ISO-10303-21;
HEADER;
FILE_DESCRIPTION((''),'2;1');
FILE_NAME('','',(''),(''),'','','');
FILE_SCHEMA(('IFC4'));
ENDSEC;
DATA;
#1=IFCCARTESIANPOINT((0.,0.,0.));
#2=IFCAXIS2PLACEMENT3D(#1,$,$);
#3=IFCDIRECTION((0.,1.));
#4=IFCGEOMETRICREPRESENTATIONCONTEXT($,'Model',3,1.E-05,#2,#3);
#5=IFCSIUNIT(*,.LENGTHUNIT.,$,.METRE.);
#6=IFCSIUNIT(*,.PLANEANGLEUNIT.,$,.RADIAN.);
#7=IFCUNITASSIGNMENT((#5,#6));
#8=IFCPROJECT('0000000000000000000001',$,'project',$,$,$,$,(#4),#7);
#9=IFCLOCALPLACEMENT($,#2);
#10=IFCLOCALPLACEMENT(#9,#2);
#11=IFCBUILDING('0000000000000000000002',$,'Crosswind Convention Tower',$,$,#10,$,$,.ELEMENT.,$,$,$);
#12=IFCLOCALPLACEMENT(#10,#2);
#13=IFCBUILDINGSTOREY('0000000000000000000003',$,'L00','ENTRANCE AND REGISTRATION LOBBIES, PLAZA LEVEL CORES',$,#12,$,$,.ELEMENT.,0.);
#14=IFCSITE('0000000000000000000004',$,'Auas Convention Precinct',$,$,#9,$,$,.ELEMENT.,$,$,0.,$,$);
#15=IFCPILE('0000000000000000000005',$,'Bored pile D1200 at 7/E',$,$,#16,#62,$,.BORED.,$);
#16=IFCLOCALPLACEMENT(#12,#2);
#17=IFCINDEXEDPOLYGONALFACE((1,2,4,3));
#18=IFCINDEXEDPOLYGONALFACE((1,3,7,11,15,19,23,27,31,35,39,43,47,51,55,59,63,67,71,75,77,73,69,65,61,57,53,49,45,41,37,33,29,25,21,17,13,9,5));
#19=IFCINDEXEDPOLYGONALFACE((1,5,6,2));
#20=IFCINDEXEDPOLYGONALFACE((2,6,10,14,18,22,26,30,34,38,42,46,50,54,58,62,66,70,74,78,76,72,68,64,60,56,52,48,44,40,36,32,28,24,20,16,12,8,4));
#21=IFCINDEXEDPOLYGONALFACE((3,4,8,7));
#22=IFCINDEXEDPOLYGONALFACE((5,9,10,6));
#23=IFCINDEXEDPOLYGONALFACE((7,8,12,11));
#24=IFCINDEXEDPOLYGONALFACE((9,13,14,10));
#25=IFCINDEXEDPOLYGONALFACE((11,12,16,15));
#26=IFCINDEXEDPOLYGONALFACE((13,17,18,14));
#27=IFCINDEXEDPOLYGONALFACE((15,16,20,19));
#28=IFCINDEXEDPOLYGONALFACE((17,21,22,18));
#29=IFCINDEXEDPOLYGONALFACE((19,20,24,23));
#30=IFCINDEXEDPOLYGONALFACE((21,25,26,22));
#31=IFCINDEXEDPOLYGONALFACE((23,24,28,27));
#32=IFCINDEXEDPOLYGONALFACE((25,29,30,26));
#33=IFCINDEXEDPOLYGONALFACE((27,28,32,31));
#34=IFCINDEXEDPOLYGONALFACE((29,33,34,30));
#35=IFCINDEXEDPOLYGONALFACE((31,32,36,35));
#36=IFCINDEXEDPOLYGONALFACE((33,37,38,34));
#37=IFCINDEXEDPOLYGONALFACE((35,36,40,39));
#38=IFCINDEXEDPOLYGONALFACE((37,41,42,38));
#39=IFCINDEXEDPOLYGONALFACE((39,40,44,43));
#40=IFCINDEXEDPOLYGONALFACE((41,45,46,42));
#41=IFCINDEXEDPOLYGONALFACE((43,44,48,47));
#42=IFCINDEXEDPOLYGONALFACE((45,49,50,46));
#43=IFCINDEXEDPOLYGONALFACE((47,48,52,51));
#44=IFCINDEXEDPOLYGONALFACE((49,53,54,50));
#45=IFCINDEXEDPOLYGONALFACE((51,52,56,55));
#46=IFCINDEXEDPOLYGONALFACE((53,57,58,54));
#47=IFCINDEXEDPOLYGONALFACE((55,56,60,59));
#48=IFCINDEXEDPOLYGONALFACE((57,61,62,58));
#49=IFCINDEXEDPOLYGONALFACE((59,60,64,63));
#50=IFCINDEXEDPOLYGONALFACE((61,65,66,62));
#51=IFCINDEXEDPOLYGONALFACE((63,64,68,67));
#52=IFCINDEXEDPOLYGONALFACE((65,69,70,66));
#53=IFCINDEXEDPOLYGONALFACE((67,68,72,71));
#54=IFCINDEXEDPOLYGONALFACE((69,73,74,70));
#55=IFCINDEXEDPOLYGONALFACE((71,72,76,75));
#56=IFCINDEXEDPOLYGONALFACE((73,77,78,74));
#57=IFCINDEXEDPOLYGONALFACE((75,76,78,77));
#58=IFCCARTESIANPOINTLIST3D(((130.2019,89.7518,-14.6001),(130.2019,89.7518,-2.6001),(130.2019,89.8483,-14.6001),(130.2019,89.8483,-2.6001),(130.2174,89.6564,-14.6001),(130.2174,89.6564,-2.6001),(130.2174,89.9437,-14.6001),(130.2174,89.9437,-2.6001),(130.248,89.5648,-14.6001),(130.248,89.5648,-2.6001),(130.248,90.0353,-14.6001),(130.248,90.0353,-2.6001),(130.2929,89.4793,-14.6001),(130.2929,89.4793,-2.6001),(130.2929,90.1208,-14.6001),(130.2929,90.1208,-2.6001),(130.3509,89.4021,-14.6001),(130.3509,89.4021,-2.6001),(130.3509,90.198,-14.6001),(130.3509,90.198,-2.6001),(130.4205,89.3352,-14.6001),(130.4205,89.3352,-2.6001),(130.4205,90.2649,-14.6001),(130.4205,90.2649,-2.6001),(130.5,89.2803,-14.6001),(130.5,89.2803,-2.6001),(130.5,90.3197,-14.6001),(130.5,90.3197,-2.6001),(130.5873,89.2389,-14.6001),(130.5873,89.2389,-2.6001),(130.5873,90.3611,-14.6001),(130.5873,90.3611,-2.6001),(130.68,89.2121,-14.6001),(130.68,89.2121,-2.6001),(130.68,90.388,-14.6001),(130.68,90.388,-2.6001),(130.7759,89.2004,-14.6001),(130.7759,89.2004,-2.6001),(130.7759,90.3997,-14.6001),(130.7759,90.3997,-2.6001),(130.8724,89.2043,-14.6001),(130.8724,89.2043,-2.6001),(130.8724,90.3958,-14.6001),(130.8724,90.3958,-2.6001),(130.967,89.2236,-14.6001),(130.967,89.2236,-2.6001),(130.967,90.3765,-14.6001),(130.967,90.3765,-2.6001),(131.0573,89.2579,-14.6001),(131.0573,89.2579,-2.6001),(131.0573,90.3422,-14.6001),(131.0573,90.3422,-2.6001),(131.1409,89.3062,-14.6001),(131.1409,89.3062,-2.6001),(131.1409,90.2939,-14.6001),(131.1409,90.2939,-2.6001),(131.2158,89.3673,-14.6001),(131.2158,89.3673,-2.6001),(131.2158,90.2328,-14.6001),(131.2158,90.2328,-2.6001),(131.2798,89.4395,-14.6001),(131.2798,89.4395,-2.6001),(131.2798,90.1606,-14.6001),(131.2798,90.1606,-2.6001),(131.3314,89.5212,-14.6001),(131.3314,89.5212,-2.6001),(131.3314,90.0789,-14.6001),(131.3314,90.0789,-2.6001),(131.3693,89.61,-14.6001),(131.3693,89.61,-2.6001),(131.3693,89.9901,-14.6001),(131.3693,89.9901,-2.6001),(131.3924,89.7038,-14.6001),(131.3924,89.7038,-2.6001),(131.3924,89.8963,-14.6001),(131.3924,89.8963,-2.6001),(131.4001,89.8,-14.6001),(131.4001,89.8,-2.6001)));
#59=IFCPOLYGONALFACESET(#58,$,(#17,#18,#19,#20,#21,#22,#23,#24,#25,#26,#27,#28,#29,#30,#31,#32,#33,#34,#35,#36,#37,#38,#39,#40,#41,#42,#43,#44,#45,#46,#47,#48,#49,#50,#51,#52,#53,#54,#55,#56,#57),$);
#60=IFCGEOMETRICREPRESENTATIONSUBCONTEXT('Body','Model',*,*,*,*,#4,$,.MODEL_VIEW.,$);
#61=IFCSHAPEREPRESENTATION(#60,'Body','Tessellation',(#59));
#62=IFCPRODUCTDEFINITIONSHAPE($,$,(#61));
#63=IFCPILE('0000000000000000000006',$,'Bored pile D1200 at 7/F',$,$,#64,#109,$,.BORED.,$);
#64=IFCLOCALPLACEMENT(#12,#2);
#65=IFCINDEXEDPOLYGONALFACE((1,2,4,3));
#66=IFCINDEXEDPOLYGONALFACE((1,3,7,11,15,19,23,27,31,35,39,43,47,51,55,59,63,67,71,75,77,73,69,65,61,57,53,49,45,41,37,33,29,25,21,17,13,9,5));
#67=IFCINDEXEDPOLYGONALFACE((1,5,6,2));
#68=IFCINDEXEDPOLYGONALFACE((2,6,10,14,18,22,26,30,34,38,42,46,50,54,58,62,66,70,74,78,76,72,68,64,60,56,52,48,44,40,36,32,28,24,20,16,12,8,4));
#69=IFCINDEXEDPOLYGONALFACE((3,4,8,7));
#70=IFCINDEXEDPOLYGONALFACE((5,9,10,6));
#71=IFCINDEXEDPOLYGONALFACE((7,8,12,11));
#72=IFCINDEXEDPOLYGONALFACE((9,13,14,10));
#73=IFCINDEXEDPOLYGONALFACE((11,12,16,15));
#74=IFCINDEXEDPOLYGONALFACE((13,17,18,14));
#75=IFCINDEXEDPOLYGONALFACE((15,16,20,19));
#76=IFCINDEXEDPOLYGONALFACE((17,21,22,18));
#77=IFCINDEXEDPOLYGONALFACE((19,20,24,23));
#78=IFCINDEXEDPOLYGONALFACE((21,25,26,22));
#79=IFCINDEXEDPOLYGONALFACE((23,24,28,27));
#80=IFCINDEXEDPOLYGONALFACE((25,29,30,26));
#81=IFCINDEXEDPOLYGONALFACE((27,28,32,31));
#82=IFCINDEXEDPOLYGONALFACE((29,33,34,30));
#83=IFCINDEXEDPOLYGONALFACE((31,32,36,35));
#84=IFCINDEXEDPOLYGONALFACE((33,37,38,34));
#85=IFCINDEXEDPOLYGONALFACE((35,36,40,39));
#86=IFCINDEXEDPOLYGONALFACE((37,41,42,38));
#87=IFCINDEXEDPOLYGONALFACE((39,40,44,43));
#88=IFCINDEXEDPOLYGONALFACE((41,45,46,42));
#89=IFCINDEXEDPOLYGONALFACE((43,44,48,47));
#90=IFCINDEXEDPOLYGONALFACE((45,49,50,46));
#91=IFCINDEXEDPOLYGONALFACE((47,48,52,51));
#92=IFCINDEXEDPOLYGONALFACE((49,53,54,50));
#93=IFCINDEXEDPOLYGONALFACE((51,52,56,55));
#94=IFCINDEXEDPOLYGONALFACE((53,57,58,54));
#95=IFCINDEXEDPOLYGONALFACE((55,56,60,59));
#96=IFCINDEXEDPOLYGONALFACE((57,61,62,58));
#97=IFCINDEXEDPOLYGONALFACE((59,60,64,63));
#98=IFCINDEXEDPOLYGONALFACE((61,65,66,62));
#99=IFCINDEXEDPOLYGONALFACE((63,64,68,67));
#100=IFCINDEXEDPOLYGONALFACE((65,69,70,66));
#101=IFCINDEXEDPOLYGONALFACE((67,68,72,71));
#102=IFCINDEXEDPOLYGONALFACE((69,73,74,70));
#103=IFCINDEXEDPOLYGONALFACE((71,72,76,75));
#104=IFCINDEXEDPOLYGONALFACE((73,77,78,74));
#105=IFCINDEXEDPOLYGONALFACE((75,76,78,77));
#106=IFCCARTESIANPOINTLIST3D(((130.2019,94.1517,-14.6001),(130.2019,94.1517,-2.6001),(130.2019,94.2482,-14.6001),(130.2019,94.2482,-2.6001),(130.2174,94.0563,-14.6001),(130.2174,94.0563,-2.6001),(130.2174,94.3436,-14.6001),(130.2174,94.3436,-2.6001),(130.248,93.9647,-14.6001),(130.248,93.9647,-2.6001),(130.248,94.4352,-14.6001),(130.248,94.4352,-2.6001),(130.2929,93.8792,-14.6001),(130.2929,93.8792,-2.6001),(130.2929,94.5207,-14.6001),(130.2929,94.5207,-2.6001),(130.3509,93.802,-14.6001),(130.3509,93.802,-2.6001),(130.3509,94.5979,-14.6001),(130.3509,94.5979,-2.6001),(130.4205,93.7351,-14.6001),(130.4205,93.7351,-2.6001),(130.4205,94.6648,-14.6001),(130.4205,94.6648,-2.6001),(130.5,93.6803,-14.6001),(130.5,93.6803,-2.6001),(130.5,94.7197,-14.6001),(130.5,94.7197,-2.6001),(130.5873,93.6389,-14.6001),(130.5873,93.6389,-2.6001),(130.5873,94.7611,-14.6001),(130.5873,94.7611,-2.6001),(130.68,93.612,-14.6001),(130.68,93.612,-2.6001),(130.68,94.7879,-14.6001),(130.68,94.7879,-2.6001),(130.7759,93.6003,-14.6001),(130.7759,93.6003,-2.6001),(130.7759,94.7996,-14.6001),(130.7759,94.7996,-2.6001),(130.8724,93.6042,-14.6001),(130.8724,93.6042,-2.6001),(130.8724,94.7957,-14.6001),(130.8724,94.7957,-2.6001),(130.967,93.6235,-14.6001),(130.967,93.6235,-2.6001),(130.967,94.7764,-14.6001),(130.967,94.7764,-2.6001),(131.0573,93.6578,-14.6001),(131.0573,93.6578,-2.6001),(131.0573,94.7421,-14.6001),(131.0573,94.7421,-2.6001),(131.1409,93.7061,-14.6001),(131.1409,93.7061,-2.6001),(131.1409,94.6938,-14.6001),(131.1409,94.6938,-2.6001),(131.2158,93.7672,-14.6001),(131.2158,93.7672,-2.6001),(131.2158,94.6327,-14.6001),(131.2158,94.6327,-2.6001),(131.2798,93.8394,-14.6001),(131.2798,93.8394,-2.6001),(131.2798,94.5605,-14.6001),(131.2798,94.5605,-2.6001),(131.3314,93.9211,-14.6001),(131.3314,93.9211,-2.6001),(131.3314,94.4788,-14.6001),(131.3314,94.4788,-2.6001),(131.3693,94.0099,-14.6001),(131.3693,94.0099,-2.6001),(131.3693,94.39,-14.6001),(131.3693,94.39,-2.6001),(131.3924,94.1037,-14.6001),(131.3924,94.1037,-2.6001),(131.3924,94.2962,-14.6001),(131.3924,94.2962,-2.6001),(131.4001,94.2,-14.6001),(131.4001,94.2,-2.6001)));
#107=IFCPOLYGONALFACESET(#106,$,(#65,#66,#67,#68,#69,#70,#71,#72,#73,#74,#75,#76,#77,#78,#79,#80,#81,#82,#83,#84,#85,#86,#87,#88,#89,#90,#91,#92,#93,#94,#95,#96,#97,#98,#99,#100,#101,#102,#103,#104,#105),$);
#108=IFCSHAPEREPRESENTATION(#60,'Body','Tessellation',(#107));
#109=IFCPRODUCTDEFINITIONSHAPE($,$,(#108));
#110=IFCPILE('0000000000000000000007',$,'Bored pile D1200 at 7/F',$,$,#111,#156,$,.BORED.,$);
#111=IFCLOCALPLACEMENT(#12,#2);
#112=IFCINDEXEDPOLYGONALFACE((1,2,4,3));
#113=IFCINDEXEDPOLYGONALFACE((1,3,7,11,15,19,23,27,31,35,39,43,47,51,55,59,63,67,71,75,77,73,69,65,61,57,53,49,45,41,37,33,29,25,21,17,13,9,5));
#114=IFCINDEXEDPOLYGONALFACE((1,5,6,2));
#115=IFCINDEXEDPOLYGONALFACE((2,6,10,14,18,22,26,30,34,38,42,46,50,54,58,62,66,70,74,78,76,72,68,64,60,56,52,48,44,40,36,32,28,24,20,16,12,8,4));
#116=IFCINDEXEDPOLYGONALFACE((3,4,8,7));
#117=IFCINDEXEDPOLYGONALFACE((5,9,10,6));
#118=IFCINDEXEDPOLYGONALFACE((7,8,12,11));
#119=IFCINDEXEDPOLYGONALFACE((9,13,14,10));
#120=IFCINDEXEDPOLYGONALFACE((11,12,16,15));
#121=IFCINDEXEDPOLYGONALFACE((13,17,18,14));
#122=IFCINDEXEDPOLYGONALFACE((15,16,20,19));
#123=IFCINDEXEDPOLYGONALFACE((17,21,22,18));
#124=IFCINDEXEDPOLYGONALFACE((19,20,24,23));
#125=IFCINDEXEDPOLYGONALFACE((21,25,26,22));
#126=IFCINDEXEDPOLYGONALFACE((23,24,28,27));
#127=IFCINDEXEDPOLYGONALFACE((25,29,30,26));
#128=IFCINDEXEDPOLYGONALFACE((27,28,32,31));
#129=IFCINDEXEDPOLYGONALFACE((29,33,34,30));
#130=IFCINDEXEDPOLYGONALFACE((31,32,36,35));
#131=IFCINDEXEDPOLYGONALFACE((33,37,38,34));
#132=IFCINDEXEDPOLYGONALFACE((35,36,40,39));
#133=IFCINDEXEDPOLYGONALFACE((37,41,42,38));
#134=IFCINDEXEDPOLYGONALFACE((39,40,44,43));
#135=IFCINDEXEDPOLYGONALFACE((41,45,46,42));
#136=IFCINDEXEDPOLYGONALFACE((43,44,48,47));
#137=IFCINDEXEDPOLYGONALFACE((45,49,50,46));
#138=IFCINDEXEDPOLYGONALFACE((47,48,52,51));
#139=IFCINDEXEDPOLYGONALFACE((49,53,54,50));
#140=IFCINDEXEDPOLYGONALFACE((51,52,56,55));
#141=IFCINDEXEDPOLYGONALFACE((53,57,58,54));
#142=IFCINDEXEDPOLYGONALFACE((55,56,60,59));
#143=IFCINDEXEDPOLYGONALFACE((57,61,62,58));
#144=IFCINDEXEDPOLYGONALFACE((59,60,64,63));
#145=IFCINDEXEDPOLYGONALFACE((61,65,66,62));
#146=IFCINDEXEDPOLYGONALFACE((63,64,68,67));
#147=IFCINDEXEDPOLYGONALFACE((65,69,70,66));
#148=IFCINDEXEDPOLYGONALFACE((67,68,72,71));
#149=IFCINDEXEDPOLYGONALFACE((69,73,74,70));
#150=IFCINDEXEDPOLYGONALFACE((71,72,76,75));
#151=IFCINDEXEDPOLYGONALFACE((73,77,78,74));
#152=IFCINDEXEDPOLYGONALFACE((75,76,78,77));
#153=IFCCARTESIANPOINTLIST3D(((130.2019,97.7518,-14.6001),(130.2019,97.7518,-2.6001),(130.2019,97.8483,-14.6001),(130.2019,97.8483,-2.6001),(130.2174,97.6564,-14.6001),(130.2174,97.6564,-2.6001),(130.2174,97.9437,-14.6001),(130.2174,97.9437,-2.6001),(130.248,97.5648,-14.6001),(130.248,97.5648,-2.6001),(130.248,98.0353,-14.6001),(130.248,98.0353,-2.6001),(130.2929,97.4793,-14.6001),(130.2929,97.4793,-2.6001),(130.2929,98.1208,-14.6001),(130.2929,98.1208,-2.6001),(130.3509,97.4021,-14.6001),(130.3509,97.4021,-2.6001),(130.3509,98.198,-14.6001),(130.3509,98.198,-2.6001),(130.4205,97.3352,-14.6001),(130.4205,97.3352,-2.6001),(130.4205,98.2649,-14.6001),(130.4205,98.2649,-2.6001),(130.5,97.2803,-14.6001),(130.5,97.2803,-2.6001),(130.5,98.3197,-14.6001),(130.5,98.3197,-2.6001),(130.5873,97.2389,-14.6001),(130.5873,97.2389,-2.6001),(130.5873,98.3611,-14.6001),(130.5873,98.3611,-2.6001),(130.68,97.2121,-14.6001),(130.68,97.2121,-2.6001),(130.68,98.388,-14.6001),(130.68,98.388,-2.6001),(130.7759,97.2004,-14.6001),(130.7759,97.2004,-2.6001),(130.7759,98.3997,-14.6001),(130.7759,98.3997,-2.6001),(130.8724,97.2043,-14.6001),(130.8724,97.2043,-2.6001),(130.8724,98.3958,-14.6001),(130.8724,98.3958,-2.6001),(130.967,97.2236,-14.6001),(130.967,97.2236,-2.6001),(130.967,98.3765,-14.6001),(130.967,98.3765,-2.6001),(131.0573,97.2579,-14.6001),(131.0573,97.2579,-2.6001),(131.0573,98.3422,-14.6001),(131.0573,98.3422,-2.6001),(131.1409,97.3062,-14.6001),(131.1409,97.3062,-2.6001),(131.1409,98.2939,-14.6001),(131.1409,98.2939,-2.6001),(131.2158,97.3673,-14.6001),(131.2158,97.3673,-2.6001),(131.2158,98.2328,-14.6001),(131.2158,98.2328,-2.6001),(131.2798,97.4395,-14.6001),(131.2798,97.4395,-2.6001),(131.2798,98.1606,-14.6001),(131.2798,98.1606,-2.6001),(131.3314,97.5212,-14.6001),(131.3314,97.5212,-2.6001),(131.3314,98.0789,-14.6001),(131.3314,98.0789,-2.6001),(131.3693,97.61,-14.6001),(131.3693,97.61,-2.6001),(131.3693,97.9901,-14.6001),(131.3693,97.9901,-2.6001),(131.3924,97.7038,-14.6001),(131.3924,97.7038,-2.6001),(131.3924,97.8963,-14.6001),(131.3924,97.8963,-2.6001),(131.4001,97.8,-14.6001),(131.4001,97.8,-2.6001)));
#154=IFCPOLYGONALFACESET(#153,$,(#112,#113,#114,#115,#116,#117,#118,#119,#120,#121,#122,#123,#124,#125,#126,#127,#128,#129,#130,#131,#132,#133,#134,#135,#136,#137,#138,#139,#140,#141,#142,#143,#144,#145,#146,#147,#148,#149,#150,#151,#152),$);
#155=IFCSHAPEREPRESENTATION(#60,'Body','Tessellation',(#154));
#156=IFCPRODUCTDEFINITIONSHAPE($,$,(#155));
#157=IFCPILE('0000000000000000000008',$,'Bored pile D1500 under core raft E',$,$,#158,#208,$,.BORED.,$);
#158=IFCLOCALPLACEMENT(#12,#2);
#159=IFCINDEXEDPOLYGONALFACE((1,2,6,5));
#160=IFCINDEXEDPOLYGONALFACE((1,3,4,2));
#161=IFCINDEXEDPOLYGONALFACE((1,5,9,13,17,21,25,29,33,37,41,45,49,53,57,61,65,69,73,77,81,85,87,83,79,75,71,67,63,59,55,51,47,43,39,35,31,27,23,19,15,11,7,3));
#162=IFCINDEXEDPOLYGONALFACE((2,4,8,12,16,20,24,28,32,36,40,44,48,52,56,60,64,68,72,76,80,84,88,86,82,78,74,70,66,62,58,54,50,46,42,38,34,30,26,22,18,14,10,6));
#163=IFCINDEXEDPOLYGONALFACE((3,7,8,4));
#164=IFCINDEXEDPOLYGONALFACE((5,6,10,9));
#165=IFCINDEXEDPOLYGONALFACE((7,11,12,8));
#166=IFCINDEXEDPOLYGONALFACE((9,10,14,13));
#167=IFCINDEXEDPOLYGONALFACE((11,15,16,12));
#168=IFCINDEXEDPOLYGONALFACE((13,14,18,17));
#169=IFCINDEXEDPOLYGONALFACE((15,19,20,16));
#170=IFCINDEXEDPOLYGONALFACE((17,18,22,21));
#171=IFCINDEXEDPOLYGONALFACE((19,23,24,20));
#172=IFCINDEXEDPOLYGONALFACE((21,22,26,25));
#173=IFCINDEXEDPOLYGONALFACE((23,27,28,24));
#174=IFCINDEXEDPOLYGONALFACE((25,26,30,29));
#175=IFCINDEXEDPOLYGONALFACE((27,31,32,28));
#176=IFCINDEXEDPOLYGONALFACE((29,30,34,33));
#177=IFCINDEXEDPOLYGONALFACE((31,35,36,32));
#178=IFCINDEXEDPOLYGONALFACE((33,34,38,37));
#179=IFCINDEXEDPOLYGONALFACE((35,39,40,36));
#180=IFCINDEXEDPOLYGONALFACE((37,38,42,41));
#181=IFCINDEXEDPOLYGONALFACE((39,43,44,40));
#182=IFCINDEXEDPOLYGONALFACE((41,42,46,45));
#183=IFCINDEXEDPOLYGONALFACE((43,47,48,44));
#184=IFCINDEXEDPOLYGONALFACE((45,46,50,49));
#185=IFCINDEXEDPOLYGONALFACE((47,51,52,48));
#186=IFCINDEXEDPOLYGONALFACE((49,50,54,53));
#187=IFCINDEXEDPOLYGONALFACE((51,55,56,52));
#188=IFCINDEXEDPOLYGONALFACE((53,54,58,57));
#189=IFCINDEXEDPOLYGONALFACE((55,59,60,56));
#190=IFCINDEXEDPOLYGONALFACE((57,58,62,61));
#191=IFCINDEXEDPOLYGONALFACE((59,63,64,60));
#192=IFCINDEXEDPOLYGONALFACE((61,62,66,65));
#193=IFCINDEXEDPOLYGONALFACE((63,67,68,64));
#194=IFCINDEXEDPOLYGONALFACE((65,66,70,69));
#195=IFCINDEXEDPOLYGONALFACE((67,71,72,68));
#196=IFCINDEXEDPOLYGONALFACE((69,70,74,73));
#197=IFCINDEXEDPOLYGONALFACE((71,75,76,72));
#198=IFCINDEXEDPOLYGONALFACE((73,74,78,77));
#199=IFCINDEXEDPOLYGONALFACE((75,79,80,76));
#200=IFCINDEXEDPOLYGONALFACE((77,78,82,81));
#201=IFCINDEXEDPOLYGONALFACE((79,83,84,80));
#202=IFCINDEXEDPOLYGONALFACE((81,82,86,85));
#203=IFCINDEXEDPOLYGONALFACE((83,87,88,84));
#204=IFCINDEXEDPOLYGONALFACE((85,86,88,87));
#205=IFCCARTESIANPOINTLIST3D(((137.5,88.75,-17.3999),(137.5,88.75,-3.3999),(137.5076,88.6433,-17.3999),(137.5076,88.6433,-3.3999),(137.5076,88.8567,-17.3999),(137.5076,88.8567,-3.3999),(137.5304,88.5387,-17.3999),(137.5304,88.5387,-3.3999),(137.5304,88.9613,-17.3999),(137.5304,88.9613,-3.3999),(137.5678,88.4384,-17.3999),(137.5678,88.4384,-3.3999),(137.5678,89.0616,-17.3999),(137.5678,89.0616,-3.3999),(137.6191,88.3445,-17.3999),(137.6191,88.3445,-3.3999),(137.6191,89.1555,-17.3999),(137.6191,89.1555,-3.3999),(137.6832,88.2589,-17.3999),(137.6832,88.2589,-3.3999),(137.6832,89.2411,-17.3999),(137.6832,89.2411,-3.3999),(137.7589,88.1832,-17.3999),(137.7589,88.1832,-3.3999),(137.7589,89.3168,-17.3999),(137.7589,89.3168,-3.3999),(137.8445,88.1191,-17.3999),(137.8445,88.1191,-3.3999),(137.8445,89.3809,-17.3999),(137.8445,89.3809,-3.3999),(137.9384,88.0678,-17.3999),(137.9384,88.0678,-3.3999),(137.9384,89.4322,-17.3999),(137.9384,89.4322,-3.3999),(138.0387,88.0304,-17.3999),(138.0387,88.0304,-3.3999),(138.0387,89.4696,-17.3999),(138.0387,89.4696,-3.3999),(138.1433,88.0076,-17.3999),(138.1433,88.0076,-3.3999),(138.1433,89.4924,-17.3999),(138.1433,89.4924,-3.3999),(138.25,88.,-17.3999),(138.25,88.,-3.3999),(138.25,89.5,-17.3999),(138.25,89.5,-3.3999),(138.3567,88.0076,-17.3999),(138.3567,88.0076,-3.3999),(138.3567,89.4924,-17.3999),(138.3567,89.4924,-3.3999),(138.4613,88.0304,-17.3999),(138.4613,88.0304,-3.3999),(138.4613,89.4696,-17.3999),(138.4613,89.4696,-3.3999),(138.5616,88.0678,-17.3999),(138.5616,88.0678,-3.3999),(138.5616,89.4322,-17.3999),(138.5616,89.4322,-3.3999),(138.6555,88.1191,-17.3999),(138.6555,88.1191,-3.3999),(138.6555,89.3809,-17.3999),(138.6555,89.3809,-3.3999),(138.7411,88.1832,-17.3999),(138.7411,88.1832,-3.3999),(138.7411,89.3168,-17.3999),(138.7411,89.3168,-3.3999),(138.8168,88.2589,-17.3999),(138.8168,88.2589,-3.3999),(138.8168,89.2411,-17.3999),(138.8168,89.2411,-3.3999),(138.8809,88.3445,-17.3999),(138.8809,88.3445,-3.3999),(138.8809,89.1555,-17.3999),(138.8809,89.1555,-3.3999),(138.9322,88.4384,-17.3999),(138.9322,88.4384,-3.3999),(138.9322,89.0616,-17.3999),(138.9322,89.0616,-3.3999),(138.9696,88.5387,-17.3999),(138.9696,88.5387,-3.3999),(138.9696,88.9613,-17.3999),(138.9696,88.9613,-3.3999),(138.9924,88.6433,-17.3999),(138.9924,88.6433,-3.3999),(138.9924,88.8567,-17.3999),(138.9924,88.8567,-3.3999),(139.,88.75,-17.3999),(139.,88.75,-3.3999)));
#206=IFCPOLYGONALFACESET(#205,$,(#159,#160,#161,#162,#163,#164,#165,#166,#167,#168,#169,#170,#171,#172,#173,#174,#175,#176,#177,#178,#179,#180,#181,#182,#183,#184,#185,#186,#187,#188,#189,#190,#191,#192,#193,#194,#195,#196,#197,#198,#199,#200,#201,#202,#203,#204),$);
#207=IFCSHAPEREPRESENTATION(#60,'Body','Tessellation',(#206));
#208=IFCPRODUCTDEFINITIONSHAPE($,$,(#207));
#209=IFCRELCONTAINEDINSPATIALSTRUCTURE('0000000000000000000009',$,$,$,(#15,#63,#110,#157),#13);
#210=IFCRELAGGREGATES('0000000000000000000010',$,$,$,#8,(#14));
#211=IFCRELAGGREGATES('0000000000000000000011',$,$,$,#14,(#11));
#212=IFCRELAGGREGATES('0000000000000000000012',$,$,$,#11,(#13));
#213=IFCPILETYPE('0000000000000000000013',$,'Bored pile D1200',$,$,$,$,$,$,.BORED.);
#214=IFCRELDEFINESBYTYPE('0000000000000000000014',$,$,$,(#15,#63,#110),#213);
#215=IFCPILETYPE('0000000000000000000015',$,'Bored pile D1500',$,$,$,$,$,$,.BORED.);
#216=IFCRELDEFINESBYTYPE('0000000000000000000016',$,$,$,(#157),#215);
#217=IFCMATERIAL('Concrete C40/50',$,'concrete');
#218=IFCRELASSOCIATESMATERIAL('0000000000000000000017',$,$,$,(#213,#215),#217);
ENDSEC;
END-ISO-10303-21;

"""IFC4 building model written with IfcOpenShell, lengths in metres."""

from ifc_helpers import new_model, si_unit, direction, frame, origin, origin_2d, place, context, subcontext, project, spatial, circle, extrude, material, material_profile, profile_set, type_object, element, save


model = new_model("IFC4")

# Units and contexts
model_context = context("Model", 3, precision=1e-05, world=origin(), true_north=direction((0.0, 1.0)))
body_context = subcontext(model_context, "Body", "Model", "MODEL_VIEW")
ifc_project = project(units=[si_unit("LENGTHUNIT", "METRE"), si_unit("PLANEANGLEUNIT", "RADIAN")], contexts=[model_context])

# Site, building, storey
site_placement = place(None, origin())
site = spatial("IfcSite", under=ifc_project, at=site_placement, Name="Auas Convention Precinct", CompositionType="ELEMENT", RefElevation=0.0)
building_placement = place(site_placement, origin())
building = spatial("IfcBuilding", under=site, at=building_placement, Name="Crosswind Convention Tower", CompositionType="ELEMENT")
storey_placement = place(building_placement, origin())
storey = spatial("IfcBuildingStorey", under=building, at=storey_placement, Name="L00", Description="ENTRANCE AND REGISTRATION LOBBIES, PLAZA LEVEL CORES", CompositionType="ELEMENT", Elevation=0.0)

# Piles
ifc_material_1 = material(Name="Concrete C40/50", Category="concrete")
ifc_material_profile_1 = material_profile(ifc_material_1, circle(Radius=0.6001, at=origin_2d()), Name="Bored pile D1200")
ifc_profile_set_1 = profile_set([ifc_material_profile_1], Name="Concrete C40/50")
pile_type_1 = type_object("IfcPileType", Name="Bored pile D1200", PredefinedType="BORED", material=ifc_profile_set_1)
for number, where, z_axis, x_axis, name in (
    (1, (130.8, 89.8, -2.6001), (0.0, 0.0, -1.0), (1.0, 0.0, 0.0), "Bored pile D1200 at 7/E"),
    (2, (130.8, 94.2, -2.6001), (0.0, 0.0, -1.0), (1.0, 0.0, 0.0), "Bored pile D1200 at 7/F"),
    (3, (130.8, 97.8, -2.6001), (0.0, 0.0, -1.0), (1.0, 0.0, 0.0), "Bored pile D1200 at 7/F"),
):
    element("IfcPile", number, at=place(storey_placement, frame(where, z_axis=z_axis, x_axis=x_axis)), inside=storey, type_object=pile_type_1, Name=name, PredefinedType="BORED", context=body_context, shape_type="SweptSolid", body=[
        extrude(circle(Radius=0.6001, at=origin_2d()), origin(), (0.0, 0.0, 1.0), 12.0),
    ])
ifc_material_profile_2 = material_profile(ifc_material_1, circle(Radius=0.75, at=origin_2d()), Name="Bored pile D1500")
ifc_profile_set_2 = profile_set([ifc_material_profile_2], Name="Concrete C40/50")
pile_type_2 = type_object("IfcPileType", Name="Bored pile D1500", PredefinedType="BORED", material=ifc_profile_set_2)
for number, where, z_axis, x_axis, name in (
    (4, (138.25, 88.75, -3.3999), (0.0, 0.0, -1.0), (1.0, 0.0, 0.0), "Bored pile D1500 under core raft E"),
):
    element("IfcPile", number, at=place(storey_placement, frame(where, z_axis=z_axis, x_axis=x_axis)), inside=storey, type_object=pile_type_2, Name=name, PredefinedType="BORED", context=body_context, shape_type="SweptSolid", body=[
        extrude(circle(Radius=0.75, at=origin_2d()), origin(), (0.0, 0.0, 1.0), 14.0),
    ])

save(model, "model.ifc")
